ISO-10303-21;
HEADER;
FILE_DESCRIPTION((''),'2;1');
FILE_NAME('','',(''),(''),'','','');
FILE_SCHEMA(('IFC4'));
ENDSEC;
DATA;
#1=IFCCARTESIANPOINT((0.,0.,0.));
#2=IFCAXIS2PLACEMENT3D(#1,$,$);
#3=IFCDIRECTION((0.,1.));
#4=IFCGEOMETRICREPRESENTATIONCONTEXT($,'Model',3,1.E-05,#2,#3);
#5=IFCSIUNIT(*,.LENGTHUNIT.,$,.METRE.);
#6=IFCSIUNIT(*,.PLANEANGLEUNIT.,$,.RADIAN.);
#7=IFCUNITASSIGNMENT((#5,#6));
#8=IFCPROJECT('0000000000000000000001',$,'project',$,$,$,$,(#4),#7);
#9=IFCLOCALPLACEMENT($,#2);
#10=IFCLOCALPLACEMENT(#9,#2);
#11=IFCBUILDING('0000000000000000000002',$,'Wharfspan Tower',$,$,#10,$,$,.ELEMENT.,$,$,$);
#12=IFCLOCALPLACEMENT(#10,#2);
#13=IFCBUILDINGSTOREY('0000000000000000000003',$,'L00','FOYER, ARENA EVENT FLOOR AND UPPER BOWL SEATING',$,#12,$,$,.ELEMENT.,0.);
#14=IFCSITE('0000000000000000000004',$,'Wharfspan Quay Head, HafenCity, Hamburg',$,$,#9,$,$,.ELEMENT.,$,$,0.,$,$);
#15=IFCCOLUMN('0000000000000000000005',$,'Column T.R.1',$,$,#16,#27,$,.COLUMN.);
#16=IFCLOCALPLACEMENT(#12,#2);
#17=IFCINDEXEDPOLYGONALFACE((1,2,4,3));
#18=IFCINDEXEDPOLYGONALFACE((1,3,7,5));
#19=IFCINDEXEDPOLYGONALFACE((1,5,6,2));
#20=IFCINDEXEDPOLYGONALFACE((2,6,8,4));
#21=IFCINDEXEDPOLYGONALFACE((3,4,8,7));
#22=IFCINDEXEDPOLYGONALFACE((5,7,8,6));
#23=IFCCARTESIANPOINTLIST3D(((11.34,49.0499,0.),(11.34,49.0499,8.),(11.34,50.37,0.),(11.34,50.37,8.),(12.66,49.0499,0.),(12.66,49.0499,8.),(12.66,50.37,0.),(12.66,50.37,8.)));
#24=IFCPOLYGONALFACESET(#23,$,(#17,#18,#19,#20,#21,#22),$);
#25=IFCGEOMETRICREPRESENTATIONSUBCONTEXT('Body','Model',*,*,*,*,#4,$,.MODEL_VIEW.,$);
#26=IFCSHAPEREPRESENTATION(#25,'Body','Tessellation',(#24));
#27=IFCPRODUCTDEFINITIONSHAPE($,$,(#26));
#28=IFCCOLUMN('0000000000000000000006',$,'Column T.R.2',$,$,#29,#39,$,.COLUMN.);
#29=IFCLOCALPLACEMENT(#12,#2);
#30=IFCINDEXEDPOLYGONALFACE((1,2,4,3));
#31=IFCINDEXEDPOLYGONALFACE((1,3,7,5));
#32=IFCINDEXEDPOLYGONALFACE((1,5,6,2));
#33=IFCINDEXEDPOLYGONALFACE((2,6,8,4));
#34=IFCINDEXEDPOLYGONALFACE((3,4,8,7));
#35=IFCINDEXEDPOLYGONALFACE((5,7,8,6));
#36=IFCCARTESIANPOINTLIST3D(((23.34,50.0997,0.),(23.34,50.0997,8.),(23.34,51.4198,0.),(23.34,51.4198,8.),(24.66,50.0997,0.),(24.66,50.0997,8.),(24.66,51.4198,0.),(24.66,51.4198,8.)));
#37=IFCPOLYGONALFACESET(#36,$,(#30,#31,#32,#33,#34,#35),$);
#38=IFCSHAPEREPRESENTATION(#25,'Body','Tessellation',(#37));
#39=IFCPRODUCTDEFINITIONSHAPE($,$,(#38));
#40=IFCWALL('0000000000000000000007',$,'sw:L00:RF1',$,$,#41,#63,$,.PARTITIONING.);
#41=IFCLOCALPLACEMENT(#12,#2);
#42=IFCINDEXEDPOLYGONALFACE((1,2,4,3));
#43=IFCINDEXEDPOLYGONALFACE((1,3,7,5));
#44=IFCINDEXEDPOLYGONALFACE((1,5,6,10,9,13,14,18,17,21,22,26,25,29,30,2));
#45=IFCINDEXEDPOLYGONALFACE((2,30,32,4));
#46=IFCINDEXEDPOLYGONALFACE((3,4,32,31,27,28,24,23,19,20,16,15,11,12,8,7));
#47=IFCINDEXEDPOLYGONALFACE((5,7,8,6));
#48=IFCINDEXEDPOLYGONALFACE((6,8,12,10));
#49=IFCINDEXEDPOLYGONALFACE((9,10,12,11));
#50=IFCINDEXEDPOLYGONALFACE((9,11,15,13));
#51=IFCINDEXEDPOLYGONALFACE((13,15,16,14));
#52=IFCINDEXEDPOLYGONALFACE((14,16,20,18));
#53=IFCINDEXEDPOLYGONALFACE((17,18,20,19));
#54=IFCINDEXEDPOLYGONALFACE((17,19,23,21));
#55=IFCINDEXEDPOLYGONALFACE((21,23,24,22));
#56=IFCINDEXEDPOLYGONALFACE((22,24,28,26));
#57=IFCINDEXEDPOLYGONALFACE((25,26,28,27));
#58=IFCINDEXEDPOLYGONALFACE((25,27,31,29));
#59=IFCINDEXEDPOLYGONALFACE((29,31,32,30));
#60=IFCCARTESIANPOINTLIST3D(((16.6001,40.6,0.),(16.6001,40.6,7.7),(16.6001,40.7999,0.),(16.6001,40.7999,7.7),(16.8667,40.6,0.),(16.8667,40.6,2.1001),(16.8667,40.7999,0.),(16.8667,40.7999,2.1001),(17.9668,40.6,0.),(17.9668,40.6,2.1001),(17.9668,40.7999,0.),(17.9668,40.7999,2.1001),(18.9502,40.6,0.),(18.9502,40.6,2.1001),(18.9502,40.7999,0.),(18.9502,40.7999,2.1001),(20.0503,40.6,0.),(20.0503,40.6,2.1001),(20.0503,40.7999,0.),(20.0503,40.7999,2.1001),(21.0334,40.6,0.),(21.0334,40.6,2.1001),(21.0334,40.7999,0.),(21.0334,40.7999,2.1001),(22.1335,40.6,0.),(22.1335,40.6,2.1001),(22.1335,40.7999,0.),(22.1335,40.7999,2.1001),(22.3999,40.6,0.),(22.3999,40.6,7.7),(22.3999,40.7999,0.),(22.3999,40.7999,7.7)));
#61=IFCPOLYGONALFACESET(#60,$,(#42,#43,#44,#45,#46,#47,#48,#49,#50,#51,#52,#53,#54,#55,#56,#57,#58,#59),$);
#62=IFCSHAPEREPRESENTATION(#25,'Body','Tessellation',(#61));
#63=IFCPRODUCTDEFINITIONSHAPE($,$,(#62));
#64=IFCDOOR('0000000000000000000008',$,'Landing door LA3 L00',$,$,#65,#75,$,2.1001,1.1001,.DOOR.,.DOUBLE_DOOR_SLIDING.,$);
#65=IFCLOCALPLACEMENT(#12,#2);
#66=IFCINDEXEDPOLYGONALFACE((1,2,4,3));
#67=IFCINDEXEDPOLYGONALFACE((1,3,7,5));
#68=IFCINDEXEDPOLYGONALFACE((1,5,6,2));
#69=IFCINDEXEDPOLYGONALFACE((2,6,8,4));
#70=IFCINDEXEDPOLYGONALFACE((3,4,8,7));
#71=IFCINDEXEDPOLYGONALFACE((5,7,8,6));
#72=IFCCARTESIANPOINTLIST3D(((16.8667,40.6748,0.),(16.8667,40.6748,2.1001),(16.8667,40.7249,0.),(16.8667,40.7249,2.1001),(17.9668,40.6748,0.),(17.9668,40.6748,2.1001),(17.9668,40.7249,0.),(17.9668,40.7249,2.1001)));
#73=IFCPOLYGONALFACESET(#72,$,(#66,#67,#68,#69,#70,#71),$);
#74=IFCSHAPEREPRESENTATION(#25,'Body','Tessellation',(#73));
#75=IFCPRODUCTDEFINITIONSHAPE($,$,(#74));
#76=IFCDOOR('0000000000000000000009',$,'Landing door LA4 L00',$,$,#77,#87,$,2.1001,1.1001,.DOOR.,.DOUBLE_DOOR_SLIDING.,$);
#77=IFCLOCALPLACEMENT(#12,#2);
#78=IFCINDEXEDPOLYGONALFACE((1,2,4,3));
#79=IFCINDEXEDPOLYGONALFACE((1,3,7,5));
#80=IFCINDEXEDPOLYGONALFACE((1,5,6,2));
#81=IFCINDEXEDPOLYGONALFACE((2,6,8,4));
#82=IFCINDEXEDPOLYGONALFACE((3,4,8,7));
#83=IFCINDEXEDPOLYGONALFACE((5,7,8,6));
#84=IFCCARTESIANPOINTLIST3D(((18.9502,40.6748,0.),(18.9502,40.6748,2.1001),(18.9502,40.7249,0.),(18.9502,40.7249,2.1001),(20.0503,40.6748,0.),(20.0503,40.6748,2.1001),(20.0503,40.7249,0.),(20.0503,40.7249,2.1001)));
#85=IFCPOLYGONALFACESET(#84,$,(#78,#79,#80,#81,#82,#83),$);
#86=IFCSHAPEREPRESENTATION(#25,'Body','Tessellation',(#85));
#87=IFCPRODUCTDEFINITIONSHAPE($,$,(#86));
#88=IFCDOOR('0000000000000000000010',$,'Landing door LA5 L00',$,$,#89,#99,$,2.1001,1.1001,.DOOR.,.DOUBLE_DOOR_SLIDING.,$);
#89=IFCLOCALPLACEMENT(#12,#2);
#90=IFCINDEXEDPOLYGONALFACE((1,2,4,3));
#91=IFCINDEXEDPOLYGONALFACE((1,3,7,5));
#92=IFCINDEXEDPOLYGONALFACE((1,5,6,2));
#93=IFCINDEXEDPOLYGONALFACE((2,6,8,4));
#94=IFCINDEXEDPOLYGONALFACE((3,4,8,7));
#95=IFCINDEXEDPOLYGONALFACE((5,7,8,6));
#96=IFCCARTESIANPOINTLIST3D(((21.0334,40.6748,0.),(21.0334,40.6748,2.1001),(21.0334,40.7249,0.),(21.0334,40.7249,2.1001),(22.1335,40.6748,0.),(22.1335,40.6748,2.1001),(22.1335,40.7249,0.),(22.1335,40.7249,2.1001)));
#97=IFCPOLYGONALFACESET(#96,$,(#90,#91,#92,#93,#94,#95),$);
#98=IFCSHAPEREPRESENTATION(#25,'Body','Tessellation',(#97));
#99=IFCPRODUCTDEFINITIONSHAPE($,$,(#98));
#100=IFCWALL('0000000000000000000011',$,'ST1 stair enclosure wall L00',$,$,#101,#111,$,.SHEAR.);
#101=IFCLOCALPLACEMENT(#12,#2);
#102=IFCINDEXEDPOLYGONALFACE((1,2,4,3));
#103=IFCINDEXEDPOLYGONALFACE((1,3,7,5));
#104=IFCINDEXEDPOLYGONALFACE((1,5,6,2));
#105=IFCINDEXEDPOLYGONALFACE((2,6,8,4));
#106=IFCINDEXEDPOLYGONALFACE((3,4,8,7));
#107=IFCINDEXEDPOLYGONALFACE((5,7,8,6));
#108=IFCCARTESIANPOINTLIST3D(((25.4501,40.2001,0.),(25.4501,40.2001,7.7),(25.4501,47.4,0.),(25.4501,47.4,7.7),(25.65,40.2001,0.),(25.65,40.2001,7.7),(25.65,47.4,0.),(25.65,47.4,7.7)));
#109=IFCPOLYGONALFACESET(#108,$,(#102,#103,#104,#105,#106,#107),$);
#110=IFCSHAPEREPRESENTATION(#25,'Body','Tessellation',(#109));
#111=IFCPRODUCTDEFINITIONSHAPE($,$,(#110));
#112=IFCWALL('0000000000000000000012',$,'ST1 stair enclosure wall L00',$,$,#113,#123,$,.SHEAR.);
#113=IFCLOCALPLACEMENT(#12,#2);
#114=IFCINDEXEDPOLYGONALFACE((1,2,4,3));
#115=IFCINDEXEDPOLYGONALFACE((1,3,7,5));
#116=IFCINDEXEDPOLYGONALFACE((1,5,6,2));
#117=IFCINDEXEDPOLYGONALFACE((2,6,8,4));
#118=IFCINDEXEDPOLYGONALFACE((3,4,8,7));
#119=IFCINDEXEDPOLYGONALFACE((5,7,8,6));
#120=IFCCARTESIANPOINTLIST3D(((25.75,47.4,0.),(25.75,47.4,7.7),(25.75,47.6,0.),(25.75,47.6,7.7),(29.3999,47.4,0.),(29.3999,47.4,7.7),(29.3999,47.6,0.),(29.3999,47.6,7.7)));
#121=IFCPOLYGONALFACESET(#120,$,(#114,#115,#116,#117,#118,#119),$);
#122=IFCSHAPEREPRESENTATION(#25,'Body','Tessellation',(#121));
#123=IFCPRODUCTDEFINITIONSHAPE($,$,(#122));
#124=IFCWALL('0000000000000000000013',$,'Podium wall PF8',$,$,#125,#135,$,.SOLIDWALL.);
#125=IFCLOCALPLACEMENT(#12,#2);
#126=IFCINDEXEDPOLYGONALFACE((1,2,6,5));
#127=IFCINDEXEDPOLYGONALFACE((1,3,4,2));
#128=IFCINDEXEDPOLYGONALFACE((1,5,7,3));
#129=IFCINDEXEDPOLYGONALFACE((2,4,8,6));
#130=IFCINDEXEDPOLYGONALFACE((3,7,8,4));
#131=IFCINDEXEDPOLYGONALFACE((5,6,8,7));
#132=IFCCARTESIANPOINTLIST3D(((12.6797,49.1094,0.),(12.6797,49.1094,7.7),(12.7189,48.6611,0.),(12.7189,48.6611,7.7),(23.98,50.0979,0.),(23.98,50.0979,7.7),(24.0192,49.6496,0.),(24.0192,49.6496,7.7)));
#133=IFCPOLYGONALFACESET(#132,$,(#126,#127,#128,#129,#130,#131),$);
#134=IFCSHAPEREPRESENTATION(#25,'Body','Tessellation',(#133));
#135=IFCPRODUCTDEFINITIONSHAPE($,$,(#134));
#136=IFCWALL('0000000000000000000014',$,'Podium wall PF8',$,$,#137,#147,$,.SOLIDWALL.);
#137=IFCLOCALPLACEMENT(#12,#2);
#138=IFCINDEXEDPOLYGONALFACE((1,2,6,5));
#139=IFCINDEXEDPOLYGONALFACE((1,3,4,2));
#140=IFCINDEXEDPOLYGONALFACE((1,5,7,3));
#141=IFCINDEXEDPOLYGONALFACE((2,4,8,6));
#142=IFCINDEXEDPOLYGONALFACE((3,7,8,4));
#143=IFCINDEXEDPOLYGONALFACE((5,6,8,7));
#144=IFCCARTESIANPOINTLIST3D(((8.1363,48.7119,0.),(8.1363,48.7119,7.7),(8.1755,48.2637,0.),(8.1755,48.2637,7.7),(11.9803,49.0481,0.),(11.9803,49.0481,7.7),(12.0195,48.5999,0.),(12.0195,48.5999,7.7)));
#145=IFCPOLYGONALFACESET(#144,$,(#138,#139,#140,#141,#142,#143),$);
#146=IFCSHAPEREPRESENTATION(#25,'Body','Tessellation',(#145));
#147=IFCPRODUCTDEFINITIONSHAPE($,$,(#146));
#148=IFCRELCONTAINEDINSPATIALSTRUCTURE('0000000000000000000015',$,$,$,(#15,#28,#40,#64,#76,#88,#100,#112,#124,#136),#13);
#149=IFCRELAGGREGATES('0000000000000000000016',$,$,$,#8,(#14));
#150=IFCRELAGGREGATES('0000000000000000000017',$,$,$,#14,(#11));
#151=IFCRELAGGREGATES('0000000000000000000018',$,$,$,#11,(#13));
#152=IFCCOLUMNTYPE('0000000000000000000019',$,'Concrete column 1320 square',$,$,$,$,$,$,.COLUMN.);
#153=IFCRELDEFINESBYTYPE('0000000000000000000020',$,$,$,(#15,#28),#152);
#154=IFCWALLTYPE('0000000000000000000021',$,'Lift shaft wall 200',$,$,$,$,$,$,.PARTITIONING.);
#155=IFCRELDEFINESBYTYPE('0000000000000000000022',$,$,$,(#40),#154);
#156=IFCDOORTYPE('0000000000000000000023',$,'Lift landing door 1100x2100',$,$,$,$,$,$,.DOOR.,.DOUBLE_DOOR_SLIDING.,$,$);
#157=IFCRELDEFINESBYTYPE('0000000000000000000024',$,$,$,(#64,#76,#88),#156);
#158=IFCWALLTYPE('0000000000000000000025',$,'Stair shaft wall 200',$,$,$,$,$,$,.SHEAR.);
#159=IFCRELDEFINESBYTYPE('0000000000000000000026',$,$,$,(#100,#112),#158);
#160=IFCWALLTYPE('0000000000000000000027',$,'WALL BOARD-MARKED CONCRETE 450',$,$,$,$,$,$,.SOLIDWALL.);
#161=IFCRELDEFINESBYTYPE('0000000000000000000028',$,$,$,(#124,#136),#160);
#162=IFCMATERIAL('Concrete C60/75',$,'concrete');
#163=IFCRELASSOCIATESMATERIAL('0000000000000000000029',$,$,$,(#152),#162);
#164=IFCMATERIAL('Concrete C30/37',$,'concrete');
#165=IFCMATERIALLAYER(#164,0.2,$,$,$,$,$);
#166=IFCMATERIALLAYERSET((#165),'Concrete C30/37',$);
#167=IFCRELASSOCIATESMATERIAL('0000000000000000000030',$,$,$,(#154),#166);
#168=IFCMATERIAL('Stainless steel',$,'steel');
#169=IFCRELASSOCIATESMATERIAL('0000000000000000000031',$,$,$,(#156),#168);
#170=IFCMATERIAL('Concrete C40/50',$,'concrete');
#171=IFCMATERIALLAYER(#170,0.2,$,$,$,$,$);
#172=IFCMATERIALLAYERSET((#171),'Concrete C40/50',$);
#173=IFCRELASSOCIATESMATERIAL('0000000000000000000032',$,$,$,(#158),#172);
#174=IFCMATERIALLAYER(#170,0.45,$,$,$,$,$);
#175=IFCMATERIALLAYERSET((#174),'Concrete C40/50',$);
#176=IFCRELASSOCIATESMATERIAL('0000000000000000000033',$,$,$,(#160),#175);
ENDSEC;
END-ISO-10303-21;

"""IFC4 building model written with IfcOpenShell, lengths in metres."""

from ifc_helpers import new_model, si_unit, direction, frame, frame_2d, origin, origin_2d, place, context, subcontext, project, spatial, rectangle, extrude, material, layer, layer_set, material_profile, profile_set, type_object, element, fill, save


model = new_model("IFC4")

# Units and contexts
model_context = context("Model", 3, precision=1e-05, world=origin(), true_north=direction((0.0, 1.0)))
body_context = subcontext(model_context, "Body", "Model", "MODEL_VIEW")
ifc_project = project(units=[si_unit("LENGTHUNIT", "METRE"), si_unit("PLANEANGLEUNIT", "RADIAN")], contexts=[model_context])

# Site, building, storey
site_placement = place(None, origin())
site = spatial("IfcSite", under=ifc_project, at=site_placement, Name="Wharfspan Quay Head, HafenCity, Hamburg", CompositionType="ELEMENT", RefElevation=0.0)
building_placement = place(site_placement, origin())
building = spatial("IfcBuilding", under=site, at=building_placement, Name="Wharfspan Tower", CompositionType="ELEMENT")
storey_placement = place(building_placement, origin())
storey = spatial("IfcBuildingStorey", under=building, at=storey_placement, Name="L00", Description="FOYER, ARENA EVENT FLOOR AND UPPER BOWL SEATING", CompositionType="ELEMENT", Elevation=0.0)

# Columns
ifc_material_1 = material(Name="Concrete C60/75", Category="concrete")
ifc_material_profile = material_profile(ifc_material_1, rectangle(XDim=1.3201, YDim=1.3201, at=origin_2d()))
ifc_profile_set = profile_set([ifc_material_profile], Name="Concrete C60/75")
column_type = type_object("IfcColumnType", Name="Concrete column 1320 square", PredefinedType="COLUMN", material=ifc_profile_set)
for number, where, z_axis, x_axis, name in (
    (1, (12.0, 49.71, 0.0), (0.0, 0.0, 1.0), (1.0, 0.0, 0.0), "Column T.R.1"),
    (2, (24.0, 50.7598, 0.0), (0.0, 0.0, 1.0), (1.0, 0.0, 0.0), "Column T.R.2"),
):
    element("IfcColumn", number, at=place(storey_placement, frame(where, z_axis=z_axis, x_axis=x_axis)), inside=storey, type_object=column_type, Name=name, PredefinedType="COLUMN", context=body_context, shape_type="SweptSolid", body=[
        extrude(rectangle(XDim=1.3201, YDim=1.3201, at=origin_2d()), origin(), (0.0, 0.0, 1.0), 8.0),
    ])

# Wall, openings, doors
ifc_material_2 = material(Name="Concrete C30/37", Category="concrete")
ifc_layer_1 = layer(ifc_material_2, 0.2)
ifc_layer_set_1 = layer_set([ifc_layer_1], Name="Concrete C30/37")
wall_type_1 = type_object("IfcWallType", Name="Lift shaft wall 200", PredefinedType="PARTITIONING", material=ifc_layer_set_1)
wall_1_placement = place(storey_placement, frame((16.6001, 40.7, 0.0), z_axis=(0.0, 0.0, 1.0), x_axis=(1.0, 0.0, 0.0)))
wall_1 = element("IfcWall", 3, at=wall_1_placement, inside=storey, type_object=wall_type_1, Name="sw:L00:RF1", PredefinedType="PARTITIONING", context=body_context, shape_type="SweptSolid", body=[
    extrude(rectangle(XDim=5.7998, YDim=0.2, at=frame_2d((2.8999, 0.0))), origin(), (0.0, 0.0, 1.0), 7.7),
])
opening_1_placement = place(wall_1_placement, frame((0.2666, 0.0, 0.0)))
opening_1 = element("IfcOpeningElement", 4, at=opening_1_placement, cuts=wall_1, PredefinedType="OPENING", context=body_context, shape_type="SweptSolid", body=[
    extrude(rectangle(XDim=1.1001, YDim=2.1001, at=frame_2d((0.55, 1.05))), frame((0.0, 0.1099, 0.0), z_axis=(0.0, -1.0, 0.0), x_axis=(1.0, 0.0, 0.0)), (0.0, 0.0, 1.0), 0.22),
])
opening_2_placement = place(wall_1_placement, frame((2.3501, 0.0, 0.0)))
opening_2 = element("IfcOpeningElement", 5, at=opening_2_placement, cuts=wall_1, PredefinedType="OPENING", context=body_context, shape_type="SweptSolid", body=[
    extrude(rectangle(XDim=1.1001, YDim=2.1001, at=frame_2d((0.55, 1.05))), frame((0.0, 0.1099, 0.0), z_axis=(0.0, -1.0, 0.0), x_axis=(1.0, 0.0, 0.0)), (0.0, 0.0, 1.0), 0.22),
])
opening_3_placement = place(wall_1_placement, frame((4.4333, 0.0, 0.0)))
opening_3 = element("IfcOpeningElement", 6, at=opening_3_placement, cuts=wall_1, PredefinedType="OPENING", context=body_context, shape_type="SweptSolid", body=[
    extrude(rectangle(XDim=1.1001, YDim=2.1001, at=frame_2d((0.55, 1.05))), frame((0.0, 0.1099, 0.0), z_axis=(0.0, -1.0, 0.0), x_axis=(1.0, 0.0, 0.0)), (0.0, 0.0, 1.0), 0.22),
])
ifc_material_3 = material(Name="Stainless steel", Category="steel")
door_type = type_object("IfcDoorType", Name="Lift landing door 1100x2100", OperationType="DOUBLE_DOOR_SLIDING", PredefinedType="DOOR", material=ifc_material_3)
door_1_placement = place(opening_1_placement, origin())
door_1 = element("IfcDoor", 7, at=door_1_placement, inside=storey, type_object=door_type, Name="Landing door LA3 L00", OperationType="DOUBLE_DOOR_SLIDING", OverallHeight=2.1001, OverallWidth=1.1001, PredefinedType="DOOR", context=body_context, shape_type="SweptSolid", body=[
    extrude(rectangle(XDim=1.1001, YDim=2.1001, at=frame_2d((0.55, 1.05))), frame((0.0, 0.0249, 0.0), z_axis=(0.0, -1.0, 0.0), x_axis=(1.0, 0.0, 0.0)), (0.0, 0.0, 1.0), 0.05),
])
fill(opening_1, door_1)
door_2_placement = place(opening_2_placement, origin())
door_2 = element("IfcDoor", 8, at=door_2_placement, inside=storey, type_object=door_type, Name="Landing door LA4 L00", OperationType="DOUBLE_DOOR_SLIDING", OverallHeight=2.1001, OverallWidth=1.1001, PredefinedType="DOOR", context=body_context, shape_type="SweptSolid", body=[
    extrude(rectangle(XDim=1.1001, YDim=2.1001, at=frame_2d((0.55, 1.05))), frame((0.0, 0.0249, 0.0), z_axis=(0.0, -1.0, 0.0), x_axis=(1.0, 0.0, 0.0)), (0.0, 0.0, 1.0), 0.05),
])
fill(opening_2, door_2)
door_3_placement = place(opening_3_placement, origin())
door_3 = element("IfcDoor", 9, at=door_3_placement, inside=storey, type_object=door_type, Name="Landing door LA5 L00", OperationType="DOUBLE_DOOR_SLIDING", OverallHeight=2.1001, OverallWidth=1.1001, PredefinedType="DOOR", context=body_context, shape_type="SweptSolid", body=[
    extrude(rectangle(XDim=1.1001, YDim=2.1001, at=frame_2d((0.55, 1.05))), frame((0.0, 0.0249, 0.0), z_axis=(0.0, -1.0, 0.0), x_axis=(1.0, 0.0, 0.0)), (0.0, 0.0, 1.0), 0.05),
])
fill(opening_3, door_3)

# Walls
ifc_material_4 = material(Name="Concrete C40/50", Category="concrete")
ifc_layer_2 = layer(ifc_material_4, 0.2)
ifc_layer_set_2 = layer_set([ifc_layer_2], Name="Concrete C40/50")
wall_type_2 = type_object("IfcWallType", Name="Stair shaft wall 200", PredefinedType="SHEAR", material=ifc_layer_set_2)
wall_2_placement = place(storey_placement, frame((25.55, 40.2, 0.0), z_axis=(0.0, 0.0, 1.0), x_axis=(0.0, 1.0, 0.0)))
element("IfcWall", 10, at=wall_2_placement, inside=storey, type_object=wall_type_2, Name="ST1 stair enclosure wall L00", PredefinedType="SHEAR", context=body_context, shape_type="SweptSolid", body=[
    extrude(rectangle(XDim=7.2, YDim=0.2, at=frame_2d((3.6001, 0.0))), origin(), (0.0, 0.0, 1.0), 7.7),
])
wall_3_placement = place(storey_placement, frame((25.75, 47.5, 0.0), z_axis=(0.0, 0.0, 1.0), x_axis=(1.0, 0.0, 0.0)))
element("IfcWall", 11, at=wall_3_placement, inside=storey, type_object=wall_type_2, Name="ST1 stair enclosure wall L00", PredefinedType="SHEAR", context=body_context, shape_type="SweptSolid", body=[
    extrude(rectangle(XDim=3.6499, YDim=0.2, at=frame_2d((1.825, 0.0))), origin(), (0.0, 0.0, 1.0), 7.7),
])
ifc_layer_3 = layer(ifc_material_4, 0.45)
ifc_layer_set_3 = layer_set([ifc_layer_3], Name="Concrete C40/50")
wall_type_3 = type_object("IfcWallType", Name="WALL BOARD-MARKED CONCRETE 450", PredefinedType="SOLIDWALL", material=ifc_layer_set_3)
wall_4_placement = place(storey_placement, frame((23.9998, 49.8738, 0.0), z_axis=(0.0, 0.0, 1.0), x_axis=(-0.996195, -0.087145, 0.0)))
element("IfcWall", 12, at=wall_4_placement, inside=storey, type_object=wall_type_3, Name="Podium wall PF8", PredefinedType="SOLIDWALL", context=body_context, shape_type="SweptSolid", body=[
    extrude(rectangle(XDim=11.3435, YDim=0.45, at=frame_2d((5.6719, 0.0))), origin(), (0.0, 0.0, 1.0), 7.7),
])
wall_5_placement = place(storey_placement, frame((11.9998, 48.824, 0.0), z_axis=(0.0, 0.0, 1.0), x_axis=(-0.9962, -0.087124, 0.0)))
element("IfcWall", 13, at=wall_5_placement, inside=storey, type_object=wall_type_3, Name="Podium wall PF8", PredefinedType="SOLIDWALL", context=body_context, shape_type="SweptSolid", body=[
    extrude(rectangle(XDim=3.8586, YDim=0.45, at=frame_2d((1.9292, 0.0))), origin(), (0.0, 0.0, 1.0), 7.7),
])

save(model, "model.ifc")
